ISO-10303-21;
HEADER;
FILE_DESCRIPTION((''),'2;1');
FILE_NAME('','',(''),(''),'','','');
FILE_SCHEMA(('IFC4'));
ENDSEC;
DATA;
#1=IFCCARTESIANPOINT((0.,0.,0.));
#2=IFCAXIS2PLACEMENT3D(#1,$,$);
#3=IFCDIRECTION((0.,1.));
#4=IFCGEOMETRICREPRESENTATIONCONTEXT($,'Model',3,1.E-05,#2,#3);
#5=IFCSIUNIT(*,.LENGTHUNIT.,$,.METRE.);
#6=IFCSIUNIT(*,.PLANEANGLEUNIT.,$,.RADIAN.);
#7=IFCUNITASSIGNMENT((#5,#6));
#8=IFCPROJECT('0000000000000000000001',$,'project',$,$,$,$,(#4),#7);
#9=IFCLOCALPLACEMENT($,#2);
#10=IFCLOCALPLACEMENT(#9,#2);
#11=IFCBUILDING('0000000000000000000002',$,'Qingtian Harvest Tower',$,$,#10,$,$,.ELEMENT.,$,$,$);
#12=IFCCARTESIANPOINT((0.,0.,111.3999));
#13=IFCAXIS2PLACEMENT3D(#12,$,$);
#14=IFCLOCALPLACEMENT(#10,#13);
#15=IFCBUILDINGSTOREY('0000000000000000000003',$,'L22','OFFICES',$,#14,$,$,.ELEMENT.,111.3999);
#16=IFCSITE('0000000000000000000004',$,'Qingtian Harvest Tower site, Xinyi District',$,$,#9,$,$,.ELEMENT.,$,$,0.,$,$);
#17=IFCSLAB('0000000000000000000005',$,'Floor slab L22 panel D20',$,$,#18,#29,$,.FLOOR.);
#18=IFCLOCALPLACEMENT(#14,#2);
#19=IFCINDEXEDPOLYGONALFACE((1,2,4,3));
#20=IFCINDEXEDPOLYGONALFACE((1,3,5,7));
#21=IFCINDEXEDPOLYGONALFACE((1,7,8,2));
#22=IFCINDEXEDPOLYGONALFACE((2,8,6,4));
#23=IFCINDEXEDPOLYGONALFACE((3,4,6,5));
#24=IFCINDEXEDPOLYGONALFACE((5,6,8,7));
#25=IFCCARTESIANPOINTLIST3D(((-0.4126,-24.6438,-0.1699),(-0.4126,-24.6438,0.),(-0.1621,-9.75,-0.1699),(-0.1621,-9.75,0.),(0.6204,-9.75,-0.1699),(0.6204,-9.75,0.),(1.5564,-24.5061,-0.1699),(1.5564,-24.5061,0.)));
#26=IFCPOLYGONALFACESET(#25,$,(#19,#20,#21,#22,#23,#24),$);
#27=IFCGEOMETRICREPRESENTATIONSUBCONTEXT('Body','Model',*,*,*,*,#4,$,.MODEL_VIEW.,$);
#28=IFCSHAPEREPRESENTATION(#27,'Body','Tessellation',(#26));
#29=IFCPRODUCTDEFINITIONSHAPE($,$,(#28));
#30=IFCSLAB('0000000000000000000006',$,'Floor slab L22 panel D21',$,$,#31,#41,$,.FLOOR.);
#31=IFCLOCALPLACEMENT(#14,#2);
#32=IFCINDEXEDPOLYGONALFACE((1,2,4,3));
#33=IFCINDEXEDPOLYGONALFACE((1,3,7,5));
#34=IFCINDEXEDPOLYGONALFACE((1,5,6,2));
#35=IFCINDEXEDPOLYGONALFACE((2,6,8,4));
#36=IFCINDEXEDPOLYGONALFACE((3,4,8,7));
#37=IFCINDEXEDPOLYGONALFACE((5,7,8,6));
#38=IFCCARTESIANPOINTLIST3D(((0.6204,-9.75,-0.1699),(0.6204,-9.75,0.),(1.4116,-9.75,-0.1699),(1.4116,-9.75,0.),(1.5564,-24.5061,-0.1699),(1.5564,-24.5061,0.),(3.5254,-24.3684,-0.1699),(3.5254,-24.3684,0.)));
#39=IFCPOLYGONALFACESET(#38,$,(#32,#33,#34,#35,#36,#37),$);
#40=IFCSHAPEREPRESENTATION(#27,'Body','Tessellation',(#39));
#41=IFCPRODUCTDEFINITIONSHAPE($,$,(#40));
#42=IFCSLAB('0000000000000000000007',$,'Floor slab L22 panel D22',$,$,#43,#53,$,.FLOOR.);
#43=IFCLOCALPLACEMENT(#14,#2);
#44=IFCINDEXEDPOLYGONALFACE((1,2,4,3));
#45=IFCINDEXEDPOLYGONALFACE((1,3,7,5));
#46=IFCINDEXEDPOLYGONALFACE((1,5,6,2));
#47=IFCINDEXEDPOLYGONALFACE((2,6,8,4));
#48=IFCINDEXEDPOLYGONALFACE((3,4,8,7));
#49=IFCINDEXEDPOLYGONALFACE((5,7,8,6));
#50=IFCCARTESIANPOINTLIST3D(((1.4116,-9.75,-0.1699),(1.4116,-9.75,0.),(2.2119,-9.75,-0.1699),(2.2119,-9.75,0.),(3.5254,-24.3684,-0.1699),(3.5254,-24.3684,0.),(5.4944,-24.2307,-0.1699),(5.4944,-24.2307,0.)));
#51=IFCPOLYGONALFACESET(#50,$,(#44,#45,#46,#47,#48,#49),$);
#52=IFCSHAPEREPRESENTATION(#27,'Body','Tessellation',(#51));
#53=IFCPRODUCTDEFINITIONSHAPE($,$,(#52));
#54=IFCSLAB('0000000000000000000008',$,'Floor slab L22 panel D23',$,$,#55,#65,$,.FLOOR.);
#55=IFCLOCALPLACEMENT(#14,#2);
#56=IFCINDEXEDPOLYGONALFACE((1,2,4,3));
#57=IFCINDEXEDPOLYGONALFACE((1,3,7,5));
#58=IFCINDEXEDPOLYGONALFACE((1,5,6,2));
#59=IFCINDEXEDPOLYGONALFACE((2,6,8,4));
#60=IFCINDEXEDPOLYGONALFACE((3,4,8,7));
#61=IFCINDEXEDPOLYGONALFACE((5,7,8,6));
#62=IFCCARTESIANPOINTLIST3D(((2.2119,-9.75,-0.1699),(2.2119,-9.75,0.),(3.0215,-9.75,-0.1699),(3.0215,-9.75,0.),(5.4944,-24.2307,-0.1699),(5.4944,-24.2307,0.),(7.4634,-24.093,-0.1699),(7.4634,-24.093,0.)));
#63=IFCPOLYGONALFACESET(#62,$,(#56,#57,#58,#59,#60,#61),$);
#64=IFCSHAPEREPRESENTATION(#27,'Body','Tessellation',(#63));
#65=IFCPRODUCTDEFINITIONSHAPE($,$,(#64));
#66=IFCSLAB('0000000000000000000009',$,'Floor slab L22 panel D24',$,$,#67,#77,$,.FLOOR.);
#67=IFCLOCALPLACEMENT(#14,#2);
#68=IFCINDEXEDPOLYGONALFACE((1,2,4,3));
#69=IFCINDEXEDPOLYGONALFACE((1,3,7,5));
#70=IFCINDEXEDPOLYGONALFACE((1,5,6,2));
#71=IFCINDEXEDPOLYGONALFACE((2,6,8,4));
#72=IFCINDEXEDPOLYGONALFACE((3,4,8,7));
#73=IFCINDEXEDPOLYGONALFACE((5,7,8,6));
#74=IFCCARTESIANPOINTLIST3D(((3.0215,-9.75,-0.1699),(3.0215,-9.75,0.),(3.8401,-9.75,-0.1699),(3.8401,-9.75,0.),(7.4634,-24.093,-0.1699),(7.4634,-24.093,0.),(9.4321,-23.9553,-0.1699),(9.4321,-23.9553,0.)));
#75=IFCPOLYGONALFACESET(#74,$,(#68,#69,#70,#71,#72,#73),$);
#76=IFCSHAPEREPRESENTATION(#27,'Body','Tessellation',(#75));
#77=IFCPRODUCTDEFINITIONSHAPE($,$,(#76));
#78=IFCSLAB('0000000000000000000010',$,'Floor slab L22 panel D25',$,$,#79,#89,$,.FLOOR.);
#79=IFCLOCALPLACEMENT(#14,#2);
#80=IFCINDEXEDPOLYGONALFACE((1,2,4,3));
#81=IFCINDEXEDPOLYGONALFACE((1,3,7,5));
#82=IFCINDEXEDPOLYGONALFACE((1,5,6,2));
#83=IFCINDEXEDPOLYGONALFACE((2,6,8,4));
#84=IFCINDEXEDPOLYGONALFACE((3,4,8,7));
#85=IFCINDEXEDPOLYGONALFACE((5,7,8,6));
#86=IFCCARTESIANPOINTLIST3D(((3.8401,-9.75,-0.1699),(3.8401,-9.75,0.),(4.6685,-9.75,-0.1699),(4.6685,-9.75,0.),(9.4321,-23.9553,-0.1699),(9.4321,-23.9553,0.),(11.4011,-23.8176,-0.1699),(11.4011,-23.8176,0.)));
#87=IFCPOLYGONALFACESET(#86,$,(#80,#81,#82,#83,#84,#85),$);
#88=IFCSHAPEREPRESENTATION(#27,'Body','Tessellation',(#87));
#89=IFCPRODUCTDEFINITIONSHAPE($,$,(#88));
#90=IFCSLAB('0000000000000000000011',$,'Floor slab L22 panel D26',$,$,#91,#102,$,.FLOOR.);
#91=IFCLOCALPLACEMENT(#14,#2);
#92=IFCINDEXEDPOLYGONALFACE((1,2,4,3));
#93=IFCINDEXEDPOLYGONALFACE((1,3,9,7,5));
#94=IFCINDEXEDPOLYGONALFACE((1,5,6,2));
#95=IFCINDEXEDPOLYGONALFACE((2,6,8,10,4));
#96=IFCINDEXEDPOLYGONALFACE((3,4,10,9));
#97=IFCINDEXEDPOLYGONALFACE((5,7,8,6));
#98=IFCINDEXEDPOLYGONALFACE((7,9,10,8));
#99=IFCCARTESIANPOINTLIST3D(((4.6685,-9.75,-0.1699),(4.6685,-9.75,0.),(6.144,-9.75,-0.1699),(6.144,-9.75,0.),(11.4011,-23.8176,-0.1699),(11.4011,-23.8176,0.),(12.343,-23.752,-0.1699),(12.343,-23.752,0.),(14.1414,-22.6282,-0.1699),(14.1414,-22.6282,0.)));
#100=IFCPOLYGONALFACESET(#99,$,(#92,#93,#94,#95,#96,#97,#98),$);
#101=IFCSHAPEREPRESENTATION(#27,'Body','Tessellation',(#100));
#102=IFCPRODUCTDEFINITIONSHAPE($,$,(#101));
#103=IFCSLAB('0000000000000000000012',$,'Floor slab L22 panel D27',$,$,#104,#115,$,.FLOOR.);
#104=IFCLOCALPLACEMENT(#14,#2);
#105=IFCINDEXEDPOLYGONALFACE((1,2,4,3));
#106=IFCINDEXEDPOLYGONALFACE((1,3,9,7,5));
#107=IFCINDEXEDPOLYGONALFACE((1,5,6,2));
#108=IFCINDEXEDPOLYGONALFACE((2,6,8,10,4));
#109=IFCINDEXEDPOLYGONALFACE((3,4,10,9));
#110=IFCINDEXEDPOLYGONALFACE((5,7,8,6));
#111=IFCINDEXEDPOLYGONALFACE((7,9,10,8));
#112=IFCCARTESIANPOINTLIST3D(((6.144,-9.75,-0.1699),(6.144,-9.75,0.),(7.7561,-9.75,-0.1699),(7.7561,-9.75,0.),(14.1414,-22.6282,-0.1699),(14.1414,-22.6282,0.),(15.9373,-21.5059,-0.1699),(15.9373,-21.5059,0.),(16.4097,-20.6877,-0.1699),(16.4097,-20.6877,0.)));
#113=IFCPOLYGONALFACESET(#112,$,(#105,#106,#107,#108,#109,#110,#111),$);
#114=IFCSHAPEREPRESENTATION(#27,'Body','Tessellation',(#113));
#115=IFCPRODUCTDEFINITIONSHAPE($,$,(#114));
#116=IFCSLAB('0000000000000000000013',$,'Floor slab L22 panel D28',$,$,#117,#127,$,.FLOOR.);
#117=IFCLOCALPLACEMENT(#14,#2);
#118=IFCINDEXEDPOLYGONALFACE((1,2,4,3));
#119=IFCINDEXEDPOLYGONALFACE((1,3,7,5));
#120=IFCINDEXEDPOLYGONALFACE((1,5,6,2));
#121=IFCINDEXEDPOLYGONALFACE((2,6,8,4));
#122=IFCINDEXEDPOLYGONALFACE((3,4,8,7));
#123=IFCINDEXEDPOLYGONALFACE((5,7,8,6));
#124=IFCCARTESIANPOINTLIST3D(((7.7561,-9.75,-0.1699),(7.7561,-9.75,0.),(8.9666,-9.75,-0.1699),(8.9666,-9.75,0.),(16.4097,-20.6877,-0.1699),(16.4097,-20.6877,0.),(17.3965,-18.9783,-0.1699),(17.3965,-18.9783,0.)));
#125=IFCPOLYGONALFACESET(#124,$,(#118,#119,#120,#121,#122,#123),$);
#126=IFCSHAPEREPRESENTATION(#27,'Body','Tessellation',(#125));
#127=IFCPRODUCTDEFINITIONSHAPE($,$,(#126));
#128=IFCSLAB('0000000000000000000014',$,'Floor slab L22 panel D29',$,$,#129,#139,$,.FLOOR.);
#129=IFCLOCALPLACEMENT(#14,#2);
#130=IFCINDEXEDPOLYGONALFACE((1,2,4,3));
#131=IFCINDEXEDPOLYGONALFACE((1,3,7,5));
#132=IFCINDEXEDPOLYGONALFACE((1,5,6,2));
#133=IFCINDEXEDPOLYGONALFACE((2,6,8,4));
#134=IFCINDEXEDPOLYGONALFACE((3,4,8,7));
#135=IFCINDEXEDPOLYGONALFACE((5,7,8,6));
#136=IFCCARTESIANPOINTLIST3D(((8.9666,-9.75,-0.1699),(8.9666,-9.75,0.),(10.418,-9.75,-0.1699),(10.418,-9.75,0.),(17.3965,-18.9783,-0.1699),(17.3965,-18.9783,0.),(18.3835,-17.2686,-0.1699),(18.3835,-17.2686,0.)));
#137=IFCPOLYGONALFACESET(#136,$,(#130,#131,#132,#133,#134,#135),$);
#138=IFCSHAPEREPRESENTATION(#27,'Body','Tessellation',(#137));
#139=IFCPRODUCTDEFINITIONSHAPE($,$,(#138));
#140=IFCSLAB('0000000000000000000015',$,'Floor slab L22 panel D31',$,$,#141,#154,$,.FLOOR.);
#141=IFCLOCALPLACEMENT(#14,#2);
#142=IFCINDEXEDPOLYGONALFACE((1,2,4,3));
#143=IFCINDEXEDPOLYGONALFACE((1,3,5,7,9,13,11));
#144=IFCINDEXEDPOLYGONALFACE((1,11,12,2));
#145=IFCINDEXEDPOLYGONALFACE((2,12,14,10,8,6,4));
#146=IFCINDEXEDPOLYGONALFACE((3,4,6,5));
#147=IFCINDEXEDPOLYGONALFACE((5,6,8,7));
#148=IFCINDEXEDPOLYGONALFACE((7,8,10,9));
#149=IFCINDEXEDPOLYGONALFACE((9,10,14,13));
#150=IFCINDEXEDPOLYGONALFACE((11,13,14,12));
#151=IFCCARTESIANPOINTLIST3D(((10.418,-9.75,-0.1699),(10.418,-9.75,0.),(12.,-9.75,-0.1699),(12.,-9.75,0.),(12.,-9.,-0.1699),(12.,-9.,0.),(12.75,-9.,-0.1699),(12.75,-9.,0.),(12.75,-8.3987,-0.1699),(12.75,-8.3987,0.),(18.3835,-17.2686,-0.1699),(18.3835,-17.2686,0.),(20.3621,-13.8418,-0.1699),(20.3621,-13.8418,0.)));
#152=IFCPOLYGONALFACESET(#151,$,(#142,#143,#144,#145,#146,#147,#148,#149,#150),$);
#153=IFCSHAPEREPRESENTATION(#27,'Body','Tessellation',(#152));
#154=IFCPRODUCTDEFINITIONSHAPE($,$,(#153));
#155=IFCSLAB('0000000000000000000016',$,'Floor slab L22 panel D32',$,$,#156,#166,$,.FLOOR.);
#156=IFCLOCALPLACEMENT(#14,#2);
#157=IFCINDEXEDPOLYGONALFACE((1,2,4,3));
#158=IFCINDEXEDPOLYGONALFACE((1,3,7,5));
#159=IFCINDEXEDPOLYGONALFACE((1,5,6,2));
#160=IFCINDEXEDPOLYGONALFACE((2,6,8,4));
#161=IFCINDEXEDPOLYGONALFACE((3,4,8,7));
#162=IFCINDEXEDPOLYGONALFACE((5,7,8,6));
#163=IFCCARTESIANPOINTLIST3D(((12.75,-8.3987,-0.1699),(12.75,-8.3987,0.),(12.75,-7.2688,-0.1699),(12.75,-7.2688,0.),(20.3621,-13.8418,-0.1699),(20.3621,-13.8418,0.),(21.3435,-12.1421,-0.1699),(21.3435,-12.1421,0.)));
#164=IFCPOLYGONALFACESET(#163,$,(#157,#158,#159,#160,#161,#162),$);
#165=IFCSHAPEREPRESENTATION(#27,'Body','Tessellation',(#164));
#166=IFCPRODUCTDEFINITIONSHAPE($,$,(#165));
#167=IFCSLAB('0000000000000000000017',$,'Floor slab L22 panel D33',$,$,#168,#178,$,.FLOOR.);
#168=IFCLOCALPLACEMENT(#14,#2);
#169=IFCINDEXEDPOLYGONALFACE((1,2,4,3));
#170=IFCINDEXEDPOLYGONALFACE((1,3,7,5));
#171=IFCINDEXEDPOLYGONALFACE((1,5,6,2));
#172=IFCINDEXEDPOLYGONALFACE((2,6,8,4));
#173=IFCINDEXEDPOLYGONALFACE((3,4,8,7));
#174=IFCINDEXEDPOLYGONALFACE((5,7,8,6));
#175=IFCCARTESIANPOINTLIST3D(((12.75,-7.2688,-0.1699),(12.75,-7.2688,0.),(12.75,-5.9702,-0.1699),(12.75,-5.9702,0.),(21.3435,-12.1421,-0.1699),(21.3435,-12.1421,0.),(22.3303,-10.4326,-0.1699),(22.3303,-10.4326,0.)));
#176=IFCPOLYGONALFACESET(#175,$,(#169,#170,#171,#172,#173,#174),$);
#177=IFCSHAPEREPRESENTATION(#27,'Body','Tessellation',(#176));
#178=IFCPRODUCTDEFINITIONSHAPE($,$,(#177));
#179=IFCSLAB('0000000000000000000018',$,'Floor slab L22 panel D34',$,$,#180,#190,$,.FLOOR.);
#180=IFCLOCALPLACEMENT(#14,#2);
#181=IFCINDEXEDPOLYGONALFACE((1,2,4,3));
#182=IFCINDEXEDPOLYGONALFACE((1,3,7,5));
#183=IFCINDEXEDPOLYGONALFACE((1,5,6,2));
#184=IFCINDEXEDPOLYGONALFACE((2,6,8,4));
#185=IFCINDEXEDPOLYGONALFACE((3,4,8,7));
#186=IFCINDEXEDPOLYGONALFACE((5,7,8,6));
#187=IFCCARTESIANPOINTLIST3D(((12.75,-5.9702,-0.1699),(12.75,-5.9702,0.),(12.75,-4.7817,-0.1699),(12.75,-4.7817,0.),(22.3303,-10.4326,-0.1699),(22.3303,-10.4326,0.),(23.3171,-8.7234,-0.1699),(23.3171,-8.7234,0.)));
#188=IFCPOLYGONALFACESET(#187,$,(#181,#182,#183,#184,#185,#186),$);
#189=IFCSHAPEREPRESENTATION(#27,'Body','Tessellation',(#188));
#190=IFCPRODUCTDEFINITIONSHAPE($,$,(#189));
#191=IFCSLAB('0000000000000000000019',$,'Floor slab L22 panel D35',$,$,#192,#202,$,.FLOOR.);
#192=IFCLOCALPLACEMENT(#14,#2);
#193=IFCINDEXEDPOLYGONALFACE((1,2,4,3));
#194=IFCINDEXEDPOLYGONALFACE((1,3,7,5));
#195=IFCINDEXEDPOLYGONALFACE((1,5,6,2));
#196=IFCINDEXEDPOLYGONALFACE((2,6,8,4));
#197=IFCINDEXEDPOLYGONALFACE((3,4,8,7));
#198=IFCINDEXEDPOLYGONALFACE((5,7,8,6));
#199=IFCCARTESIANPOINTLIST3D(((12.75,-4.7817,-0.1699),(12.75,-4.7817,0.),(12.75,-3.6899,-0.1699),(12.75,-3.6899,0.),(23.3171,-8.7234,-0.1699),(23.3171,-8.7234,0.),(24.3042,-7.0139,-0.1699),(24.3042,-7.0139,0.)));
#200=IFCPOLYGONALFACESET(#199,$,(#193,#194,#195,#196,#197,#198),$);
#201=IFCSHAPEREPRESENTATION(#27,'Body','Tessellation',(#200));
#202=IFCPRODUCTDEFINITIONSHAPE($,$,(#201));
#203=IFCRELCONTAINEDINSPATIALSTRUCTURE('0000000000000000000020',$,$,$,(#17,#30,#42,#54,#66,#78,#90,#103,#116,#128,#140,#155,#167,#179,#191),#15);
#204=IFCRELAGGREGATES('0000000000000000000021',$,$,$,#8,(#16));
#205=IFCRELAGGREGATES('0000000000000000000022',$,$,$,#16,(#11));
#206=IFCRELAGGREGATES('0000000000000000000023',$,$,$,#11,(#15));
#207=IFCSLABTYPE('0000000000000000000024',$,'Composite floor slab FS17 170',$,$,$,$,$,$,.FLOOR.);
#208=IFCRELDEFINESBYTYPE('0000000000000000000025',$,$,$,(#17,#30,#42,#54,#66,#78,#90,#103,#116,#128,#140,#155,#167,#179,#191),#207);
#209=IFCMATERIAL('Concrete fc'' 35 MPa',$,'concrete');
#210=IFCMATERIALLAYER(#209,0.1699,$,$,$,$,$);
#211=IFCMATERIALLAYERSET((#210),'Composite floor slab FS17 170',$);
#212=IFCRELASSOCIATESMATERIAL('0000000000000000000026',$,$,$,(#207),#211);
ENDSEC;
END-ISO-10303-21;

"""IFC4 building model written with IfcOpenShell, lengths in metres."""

from ifc_helpers import new_model, si_unit, direction, frame, origin, place, context, subcontext, project, spatial, polyline, outline, extrude, material, layer, layer_set, type_object, element, save


model = new_model("IFC4")

# Units and contexts
model_context = context("Model", 3, precision=1e-05, world=origin(), true_north=direction((0.0, 1.0)))
body_context = subcontext(model_context, "Body", "Model", "MODEL_VIEW")
ifc_project = project(units=[si_unit("LENGTHUNIT", "METRE"), si_unit("PLANEANGLEUNIT", "RADIAN")], contexts=[model_context])

# Site, building, storey
site_placement = place(None, origin())
site = spatial("IfcSite", under=ifc_project, at=site_placement, Name="Qingtian Harvest Tower site, Xinyi District", CompositionType="ELEMENT", RefElevation=0.0)
building_placement = place(site_placement, origin())
building = spatial("IfcBuilding", under=site, at=building_placement, Name="Qingtian Harvest Tower", CompositionType="ELEMENT")
storey_placement = place(building_placement, frame((0.0, 0.0, 111.3999)))
storey = spatial("IfcBuildingStorey", under=building, at=storey_placement, Name="L22", Description="OFFICES", CompositionType="ELEMENT", Elevation=111.3999)

# Slabs
ifc_material = material(Name="Concrete fc' 35 MPa", Category="concrete")
ifc_layer = layer(ifc_material, 0.1699)
ifc_layer_set = layer_set([ifc_layer], Name="Composite floor slab FS17 170")
slab_type = type_object("IfcSlabType", Name="Composite floor slab FS17 170", PredefinedType="FLOOR", material=ifc_layer_set)
slab_1_placement = place(storey_placement, frame((0.0, 0.0, -0.1699)))
element("IfcSlab", 1, at=slab_1_placement, inside=storey, type_object=slab_type, Name="Floor slab L22 panel D20", PredefinedType="FLOOR", context=body_context, shape_type="SweptSolid", body=[
    extrude(outline(polyline([(0.6204, -9.75), (1.5564, -24.5061), (-0.4126, -24.6438), (-0.1621, -9.75), (0.6204, -9.75)])), origin(), (0.0, 0.0, 1.0), 0.1699),
])
slab_2_placement = place(storey_placement, frame((0.0, 0.0, -0.1699)))
element("IfcSlab", 2, at=slab_2_placement, inside=storey, type_object=slab_type, Name="Floor slab L22 panel D21", PredefinedType="FLOOR", context=body_context, shape_type="SweptSolid", body=[
    extrude(outline(polyline([(1.4116, -9.75), (3.5254, -24.3684), (1.5564, -24.5061), (0.6204, -9.75), (1.4116, -9.75)])), origin(), (0.0, 0.0, 1.0), 0.1699),
])
slab_3_placement = place(storey_placement, frame((0.0, 0.0, -0.1699)))
element("IfcSlab", 3, at=slab_3_placement, inside=storey, type_object=slab_type, Name="Floor slab L22 panel D22", PredefinedType="FLOOR", context=body_context, shape_type="SweptSolid", body=[
    extrude(outline(polyline([(2.2119, -9.75), (5.4944, -24.2307), (3.5254, -24.3684), (1.4116, -9.75), (2.2119, -9.75)])), origin(), (0.0, 0.0, 1.0), 0.1699),
])
slab_4_placement = place(storey_placement, frame((0.0, 0.0, -0.1699)))
element("IfcSlab", 4, at=slab_4_placement, inside=storey, type_object=slab_type, Name="Floor slab L22 panel D23", PredefinedType="FLOOR", context=body_context, shape_type="SweptSolid", body=[
    extrude(outline(polyline([(3.0215, -9.75), (7.4634, -24.093), (5.4944, -24.2307), (2.2119, -9.75), (3.0215, -9.75)])), origin(), (0.0, 0.0, 1.0), 0.1699),
])
slab_5_placement = place(storey_placement, frame((0.0, 0.0, -0.1699)))
element("IfcSlab", 5, at=slab_5_placement, inside=storey, type_object=slab_type, Name="Floor slab L22 panel D24", PredefinedType="FLOOR", context=body_context, shape_type="SweptSolid", body=[
    extrude(outline(polyline([(3.8401, -9.75), (9.4321, -23.9553), (7.4634, -24.093), (3.0215, -9.75), (3.8401, -9.75)])), origin(), (0.0, 0.0, 1.0), 0.1699),
])
slab_6_placement = place(storey_placement, frame((0.0, 0.0, -0.1699)))
element("IfcSlab", 6, at=slab_6_placement, inside=storey, type_object=slab_type, Name="Floor slab L22 panel D25", PredefinedType="FLOOR", context=body_context, shape_type="SweptSolid", body=[
    extrude(outline(polyline([(4.6685, -9.75), (11.4011, -23.8176), (9.4321, -23.9553), (3.8401, -9.75), (4.6685, -9.75)])), origin(), (0.0, 0.0, 1.0), 0.1699),
])
slab_7_placement = place(storey_placement, frame((0.0, 0.0, -0.1699)))
element("IfcSlab", 7, at=slab_7_placement, inside=storey, type_object=slab_type, Name="Floor slab L22 panel D26", PredefinedType="FLOOR", context=body_context, shape_type="SweptSolid", body=[
    extrude(outline(polyline([(4.6685, -9.75), (6.144, -9.75), (14.1414, -22.6282), (12.343, -23.752), (11.4011, -23.8176), (4.6685, -9.75)])), origin(), (0.0, 0.0, 1.0), 0.1699),
])
slab_8_placement = place(storey_placement, frame((0.0, 0.0, -0.1699)))
element("IfcSlab", 8, at=slab_8_placement, inside=storey, type_object=slab_type, Name="Floor slab L22 panel D27", PredefinedType="FLOOR", context=body_context, shape_type="SweptSolid", body=[
    extrude(outline(polyline([(6.144, -9.75), (7.7561, -9.75), (16.4097, -20.6877), (15.9373, -21.5059), (14.1414, -22.6282), (6.144, -9.75)])), origin(), (0.0, 0.0, 1.0), 0.1699),
])
slab_9_placement = place(storey_placement, frame((0.0, 0.0, -0.1699)))
element("IfcSlab", 9, at=slab_9_placement, inside=storey, type_object=slab_type, Name="Floor slab L22 panel D28", PredefinedType="FLOOR", context=body_context, shape_type="SweptSolid", body=[
    extrude(outline(polyline([(8.9666, -9.75), (17.3965, -18.9783), (16.4097, -20.6877), (7.7561, -9.75), (8.9666, -9.75)])), origin(), (0.0, 0.0, 1.0), 0.1699),
])
slab_10_placement = place(storey_placement, frame((0.0, 0.0, -0.1699)))
element("IfcSlab", 10, at=slab_10_placement, inside=storey, type_object=slab_type, Name="Floor slab L22 panel D29", PredefinedType="FLOOR", context=body_context, shape_type="SweptSolid", body=[
    extrude(outline(polyline([(10.418, -9.75), (18.3835, -17.2686), (17.3965, -18.9783), (8.9666, -9.75), (10.418, -9.75)])), origin(), (0.0, 0.0, 1.0), 0.1699),
])
slab_11_placement = place(storey_placement, frame((0.0, 0.0, -0.1699)))
element("IfcSlab", 11, at=slab_11_placement, inside=storey, type_object=slab_type, Name="Floor slab L22 panel D31", PredefinedType="FLOOR", context=body_context, shape_type="SweptSolid", body=[
    extrude(outline(polyline([(12.75, -8.3987), (20.3621, -13.8418), (18.3835, -17.2686), (10.418, -9.75), (12.0, -9.75), (12.0, -9.0), (12.75, -9.0), (12.75, -8.3987)])), origin(), (0.0, 0.0, 1.0), 0.1699),
])
slab_12_placement = place(storey_placement, frame((0.0, 0.0, -0.1699)))
element("IfcSlab", 12, at=slab_12_placement, inside=storey, type_object=slab_type, Name="Floor slab L22 panel D32", PredefinedType="FLOOR", context=body_context, shape_type="SweptSolid", body=[
    extrude(outline(polyline([(12.75, -7.2688), (21.3435, -12.1421), (20.3621, -13.8418), (12.75, -8.3987), (12.75, -7.2688)])), origin(), (0.0, 0.0, 1.0), 0.1699),
])
slab_13_placement = place(storey_placement, frame((0.0, 0.0, -0.1699)))
element("IfcSlab", 13, at=slab_13_placement, inside=storey, type_object=slab_type, Name="Floor slab L22 panel D33", PredefinedType="FLOOR", context=body_context, shape_type="SweptSolid", body=[
    extrude(outline(polyline([(12.75, -5.9702), (22.3303, -10.4326), (21.3435, -12.1421), (12.75, -7.2688), (12.75, -5.9702)])), origin(), (0.0, 0.0, 1.0), 0.1699),
])
slab_14_placement = place(storey_placement, frame((0.0, 0.0, -0.1699)))
element("IfcSlab", 14, at=slab_14_placement, inside=storey, type_object=slab_type, Name="Floor slab L22 panel D34", PredefinedType="FLOOR", context=body_context, shape_type="SweptSolid", body=[
    extrude(outline(polyline([(12.75, -4.7817), (23.3171, -8.7234), (22.3303, -10.4326), (12.75, -5.9702), (12.75, -4.7817)])), origin(), (0.0, 0.0, 1.0), 0.1699),
])
slab_15_placement = place(storey_placement, frame((0.0, 0.0, -0.1699)))
element("IfcSlab", 15, at=slab_15_placement, inside=storey, type_object=slab_type, Name="Floor slab L22 panel D35", PredefinedType="FLOOR", context=body_context, shape_type="SweptSolid", body=[
    extrude(outline(polyline([(12.75, -3.6899), (24.3042, -7.0139), (23.3171, -8.7234), (12.75, -4.7817), (12.75, -3.6899)])), origin(), (0.0, 0.0, 1.0), 0.1699),
])

save(model, "model.ifc")
